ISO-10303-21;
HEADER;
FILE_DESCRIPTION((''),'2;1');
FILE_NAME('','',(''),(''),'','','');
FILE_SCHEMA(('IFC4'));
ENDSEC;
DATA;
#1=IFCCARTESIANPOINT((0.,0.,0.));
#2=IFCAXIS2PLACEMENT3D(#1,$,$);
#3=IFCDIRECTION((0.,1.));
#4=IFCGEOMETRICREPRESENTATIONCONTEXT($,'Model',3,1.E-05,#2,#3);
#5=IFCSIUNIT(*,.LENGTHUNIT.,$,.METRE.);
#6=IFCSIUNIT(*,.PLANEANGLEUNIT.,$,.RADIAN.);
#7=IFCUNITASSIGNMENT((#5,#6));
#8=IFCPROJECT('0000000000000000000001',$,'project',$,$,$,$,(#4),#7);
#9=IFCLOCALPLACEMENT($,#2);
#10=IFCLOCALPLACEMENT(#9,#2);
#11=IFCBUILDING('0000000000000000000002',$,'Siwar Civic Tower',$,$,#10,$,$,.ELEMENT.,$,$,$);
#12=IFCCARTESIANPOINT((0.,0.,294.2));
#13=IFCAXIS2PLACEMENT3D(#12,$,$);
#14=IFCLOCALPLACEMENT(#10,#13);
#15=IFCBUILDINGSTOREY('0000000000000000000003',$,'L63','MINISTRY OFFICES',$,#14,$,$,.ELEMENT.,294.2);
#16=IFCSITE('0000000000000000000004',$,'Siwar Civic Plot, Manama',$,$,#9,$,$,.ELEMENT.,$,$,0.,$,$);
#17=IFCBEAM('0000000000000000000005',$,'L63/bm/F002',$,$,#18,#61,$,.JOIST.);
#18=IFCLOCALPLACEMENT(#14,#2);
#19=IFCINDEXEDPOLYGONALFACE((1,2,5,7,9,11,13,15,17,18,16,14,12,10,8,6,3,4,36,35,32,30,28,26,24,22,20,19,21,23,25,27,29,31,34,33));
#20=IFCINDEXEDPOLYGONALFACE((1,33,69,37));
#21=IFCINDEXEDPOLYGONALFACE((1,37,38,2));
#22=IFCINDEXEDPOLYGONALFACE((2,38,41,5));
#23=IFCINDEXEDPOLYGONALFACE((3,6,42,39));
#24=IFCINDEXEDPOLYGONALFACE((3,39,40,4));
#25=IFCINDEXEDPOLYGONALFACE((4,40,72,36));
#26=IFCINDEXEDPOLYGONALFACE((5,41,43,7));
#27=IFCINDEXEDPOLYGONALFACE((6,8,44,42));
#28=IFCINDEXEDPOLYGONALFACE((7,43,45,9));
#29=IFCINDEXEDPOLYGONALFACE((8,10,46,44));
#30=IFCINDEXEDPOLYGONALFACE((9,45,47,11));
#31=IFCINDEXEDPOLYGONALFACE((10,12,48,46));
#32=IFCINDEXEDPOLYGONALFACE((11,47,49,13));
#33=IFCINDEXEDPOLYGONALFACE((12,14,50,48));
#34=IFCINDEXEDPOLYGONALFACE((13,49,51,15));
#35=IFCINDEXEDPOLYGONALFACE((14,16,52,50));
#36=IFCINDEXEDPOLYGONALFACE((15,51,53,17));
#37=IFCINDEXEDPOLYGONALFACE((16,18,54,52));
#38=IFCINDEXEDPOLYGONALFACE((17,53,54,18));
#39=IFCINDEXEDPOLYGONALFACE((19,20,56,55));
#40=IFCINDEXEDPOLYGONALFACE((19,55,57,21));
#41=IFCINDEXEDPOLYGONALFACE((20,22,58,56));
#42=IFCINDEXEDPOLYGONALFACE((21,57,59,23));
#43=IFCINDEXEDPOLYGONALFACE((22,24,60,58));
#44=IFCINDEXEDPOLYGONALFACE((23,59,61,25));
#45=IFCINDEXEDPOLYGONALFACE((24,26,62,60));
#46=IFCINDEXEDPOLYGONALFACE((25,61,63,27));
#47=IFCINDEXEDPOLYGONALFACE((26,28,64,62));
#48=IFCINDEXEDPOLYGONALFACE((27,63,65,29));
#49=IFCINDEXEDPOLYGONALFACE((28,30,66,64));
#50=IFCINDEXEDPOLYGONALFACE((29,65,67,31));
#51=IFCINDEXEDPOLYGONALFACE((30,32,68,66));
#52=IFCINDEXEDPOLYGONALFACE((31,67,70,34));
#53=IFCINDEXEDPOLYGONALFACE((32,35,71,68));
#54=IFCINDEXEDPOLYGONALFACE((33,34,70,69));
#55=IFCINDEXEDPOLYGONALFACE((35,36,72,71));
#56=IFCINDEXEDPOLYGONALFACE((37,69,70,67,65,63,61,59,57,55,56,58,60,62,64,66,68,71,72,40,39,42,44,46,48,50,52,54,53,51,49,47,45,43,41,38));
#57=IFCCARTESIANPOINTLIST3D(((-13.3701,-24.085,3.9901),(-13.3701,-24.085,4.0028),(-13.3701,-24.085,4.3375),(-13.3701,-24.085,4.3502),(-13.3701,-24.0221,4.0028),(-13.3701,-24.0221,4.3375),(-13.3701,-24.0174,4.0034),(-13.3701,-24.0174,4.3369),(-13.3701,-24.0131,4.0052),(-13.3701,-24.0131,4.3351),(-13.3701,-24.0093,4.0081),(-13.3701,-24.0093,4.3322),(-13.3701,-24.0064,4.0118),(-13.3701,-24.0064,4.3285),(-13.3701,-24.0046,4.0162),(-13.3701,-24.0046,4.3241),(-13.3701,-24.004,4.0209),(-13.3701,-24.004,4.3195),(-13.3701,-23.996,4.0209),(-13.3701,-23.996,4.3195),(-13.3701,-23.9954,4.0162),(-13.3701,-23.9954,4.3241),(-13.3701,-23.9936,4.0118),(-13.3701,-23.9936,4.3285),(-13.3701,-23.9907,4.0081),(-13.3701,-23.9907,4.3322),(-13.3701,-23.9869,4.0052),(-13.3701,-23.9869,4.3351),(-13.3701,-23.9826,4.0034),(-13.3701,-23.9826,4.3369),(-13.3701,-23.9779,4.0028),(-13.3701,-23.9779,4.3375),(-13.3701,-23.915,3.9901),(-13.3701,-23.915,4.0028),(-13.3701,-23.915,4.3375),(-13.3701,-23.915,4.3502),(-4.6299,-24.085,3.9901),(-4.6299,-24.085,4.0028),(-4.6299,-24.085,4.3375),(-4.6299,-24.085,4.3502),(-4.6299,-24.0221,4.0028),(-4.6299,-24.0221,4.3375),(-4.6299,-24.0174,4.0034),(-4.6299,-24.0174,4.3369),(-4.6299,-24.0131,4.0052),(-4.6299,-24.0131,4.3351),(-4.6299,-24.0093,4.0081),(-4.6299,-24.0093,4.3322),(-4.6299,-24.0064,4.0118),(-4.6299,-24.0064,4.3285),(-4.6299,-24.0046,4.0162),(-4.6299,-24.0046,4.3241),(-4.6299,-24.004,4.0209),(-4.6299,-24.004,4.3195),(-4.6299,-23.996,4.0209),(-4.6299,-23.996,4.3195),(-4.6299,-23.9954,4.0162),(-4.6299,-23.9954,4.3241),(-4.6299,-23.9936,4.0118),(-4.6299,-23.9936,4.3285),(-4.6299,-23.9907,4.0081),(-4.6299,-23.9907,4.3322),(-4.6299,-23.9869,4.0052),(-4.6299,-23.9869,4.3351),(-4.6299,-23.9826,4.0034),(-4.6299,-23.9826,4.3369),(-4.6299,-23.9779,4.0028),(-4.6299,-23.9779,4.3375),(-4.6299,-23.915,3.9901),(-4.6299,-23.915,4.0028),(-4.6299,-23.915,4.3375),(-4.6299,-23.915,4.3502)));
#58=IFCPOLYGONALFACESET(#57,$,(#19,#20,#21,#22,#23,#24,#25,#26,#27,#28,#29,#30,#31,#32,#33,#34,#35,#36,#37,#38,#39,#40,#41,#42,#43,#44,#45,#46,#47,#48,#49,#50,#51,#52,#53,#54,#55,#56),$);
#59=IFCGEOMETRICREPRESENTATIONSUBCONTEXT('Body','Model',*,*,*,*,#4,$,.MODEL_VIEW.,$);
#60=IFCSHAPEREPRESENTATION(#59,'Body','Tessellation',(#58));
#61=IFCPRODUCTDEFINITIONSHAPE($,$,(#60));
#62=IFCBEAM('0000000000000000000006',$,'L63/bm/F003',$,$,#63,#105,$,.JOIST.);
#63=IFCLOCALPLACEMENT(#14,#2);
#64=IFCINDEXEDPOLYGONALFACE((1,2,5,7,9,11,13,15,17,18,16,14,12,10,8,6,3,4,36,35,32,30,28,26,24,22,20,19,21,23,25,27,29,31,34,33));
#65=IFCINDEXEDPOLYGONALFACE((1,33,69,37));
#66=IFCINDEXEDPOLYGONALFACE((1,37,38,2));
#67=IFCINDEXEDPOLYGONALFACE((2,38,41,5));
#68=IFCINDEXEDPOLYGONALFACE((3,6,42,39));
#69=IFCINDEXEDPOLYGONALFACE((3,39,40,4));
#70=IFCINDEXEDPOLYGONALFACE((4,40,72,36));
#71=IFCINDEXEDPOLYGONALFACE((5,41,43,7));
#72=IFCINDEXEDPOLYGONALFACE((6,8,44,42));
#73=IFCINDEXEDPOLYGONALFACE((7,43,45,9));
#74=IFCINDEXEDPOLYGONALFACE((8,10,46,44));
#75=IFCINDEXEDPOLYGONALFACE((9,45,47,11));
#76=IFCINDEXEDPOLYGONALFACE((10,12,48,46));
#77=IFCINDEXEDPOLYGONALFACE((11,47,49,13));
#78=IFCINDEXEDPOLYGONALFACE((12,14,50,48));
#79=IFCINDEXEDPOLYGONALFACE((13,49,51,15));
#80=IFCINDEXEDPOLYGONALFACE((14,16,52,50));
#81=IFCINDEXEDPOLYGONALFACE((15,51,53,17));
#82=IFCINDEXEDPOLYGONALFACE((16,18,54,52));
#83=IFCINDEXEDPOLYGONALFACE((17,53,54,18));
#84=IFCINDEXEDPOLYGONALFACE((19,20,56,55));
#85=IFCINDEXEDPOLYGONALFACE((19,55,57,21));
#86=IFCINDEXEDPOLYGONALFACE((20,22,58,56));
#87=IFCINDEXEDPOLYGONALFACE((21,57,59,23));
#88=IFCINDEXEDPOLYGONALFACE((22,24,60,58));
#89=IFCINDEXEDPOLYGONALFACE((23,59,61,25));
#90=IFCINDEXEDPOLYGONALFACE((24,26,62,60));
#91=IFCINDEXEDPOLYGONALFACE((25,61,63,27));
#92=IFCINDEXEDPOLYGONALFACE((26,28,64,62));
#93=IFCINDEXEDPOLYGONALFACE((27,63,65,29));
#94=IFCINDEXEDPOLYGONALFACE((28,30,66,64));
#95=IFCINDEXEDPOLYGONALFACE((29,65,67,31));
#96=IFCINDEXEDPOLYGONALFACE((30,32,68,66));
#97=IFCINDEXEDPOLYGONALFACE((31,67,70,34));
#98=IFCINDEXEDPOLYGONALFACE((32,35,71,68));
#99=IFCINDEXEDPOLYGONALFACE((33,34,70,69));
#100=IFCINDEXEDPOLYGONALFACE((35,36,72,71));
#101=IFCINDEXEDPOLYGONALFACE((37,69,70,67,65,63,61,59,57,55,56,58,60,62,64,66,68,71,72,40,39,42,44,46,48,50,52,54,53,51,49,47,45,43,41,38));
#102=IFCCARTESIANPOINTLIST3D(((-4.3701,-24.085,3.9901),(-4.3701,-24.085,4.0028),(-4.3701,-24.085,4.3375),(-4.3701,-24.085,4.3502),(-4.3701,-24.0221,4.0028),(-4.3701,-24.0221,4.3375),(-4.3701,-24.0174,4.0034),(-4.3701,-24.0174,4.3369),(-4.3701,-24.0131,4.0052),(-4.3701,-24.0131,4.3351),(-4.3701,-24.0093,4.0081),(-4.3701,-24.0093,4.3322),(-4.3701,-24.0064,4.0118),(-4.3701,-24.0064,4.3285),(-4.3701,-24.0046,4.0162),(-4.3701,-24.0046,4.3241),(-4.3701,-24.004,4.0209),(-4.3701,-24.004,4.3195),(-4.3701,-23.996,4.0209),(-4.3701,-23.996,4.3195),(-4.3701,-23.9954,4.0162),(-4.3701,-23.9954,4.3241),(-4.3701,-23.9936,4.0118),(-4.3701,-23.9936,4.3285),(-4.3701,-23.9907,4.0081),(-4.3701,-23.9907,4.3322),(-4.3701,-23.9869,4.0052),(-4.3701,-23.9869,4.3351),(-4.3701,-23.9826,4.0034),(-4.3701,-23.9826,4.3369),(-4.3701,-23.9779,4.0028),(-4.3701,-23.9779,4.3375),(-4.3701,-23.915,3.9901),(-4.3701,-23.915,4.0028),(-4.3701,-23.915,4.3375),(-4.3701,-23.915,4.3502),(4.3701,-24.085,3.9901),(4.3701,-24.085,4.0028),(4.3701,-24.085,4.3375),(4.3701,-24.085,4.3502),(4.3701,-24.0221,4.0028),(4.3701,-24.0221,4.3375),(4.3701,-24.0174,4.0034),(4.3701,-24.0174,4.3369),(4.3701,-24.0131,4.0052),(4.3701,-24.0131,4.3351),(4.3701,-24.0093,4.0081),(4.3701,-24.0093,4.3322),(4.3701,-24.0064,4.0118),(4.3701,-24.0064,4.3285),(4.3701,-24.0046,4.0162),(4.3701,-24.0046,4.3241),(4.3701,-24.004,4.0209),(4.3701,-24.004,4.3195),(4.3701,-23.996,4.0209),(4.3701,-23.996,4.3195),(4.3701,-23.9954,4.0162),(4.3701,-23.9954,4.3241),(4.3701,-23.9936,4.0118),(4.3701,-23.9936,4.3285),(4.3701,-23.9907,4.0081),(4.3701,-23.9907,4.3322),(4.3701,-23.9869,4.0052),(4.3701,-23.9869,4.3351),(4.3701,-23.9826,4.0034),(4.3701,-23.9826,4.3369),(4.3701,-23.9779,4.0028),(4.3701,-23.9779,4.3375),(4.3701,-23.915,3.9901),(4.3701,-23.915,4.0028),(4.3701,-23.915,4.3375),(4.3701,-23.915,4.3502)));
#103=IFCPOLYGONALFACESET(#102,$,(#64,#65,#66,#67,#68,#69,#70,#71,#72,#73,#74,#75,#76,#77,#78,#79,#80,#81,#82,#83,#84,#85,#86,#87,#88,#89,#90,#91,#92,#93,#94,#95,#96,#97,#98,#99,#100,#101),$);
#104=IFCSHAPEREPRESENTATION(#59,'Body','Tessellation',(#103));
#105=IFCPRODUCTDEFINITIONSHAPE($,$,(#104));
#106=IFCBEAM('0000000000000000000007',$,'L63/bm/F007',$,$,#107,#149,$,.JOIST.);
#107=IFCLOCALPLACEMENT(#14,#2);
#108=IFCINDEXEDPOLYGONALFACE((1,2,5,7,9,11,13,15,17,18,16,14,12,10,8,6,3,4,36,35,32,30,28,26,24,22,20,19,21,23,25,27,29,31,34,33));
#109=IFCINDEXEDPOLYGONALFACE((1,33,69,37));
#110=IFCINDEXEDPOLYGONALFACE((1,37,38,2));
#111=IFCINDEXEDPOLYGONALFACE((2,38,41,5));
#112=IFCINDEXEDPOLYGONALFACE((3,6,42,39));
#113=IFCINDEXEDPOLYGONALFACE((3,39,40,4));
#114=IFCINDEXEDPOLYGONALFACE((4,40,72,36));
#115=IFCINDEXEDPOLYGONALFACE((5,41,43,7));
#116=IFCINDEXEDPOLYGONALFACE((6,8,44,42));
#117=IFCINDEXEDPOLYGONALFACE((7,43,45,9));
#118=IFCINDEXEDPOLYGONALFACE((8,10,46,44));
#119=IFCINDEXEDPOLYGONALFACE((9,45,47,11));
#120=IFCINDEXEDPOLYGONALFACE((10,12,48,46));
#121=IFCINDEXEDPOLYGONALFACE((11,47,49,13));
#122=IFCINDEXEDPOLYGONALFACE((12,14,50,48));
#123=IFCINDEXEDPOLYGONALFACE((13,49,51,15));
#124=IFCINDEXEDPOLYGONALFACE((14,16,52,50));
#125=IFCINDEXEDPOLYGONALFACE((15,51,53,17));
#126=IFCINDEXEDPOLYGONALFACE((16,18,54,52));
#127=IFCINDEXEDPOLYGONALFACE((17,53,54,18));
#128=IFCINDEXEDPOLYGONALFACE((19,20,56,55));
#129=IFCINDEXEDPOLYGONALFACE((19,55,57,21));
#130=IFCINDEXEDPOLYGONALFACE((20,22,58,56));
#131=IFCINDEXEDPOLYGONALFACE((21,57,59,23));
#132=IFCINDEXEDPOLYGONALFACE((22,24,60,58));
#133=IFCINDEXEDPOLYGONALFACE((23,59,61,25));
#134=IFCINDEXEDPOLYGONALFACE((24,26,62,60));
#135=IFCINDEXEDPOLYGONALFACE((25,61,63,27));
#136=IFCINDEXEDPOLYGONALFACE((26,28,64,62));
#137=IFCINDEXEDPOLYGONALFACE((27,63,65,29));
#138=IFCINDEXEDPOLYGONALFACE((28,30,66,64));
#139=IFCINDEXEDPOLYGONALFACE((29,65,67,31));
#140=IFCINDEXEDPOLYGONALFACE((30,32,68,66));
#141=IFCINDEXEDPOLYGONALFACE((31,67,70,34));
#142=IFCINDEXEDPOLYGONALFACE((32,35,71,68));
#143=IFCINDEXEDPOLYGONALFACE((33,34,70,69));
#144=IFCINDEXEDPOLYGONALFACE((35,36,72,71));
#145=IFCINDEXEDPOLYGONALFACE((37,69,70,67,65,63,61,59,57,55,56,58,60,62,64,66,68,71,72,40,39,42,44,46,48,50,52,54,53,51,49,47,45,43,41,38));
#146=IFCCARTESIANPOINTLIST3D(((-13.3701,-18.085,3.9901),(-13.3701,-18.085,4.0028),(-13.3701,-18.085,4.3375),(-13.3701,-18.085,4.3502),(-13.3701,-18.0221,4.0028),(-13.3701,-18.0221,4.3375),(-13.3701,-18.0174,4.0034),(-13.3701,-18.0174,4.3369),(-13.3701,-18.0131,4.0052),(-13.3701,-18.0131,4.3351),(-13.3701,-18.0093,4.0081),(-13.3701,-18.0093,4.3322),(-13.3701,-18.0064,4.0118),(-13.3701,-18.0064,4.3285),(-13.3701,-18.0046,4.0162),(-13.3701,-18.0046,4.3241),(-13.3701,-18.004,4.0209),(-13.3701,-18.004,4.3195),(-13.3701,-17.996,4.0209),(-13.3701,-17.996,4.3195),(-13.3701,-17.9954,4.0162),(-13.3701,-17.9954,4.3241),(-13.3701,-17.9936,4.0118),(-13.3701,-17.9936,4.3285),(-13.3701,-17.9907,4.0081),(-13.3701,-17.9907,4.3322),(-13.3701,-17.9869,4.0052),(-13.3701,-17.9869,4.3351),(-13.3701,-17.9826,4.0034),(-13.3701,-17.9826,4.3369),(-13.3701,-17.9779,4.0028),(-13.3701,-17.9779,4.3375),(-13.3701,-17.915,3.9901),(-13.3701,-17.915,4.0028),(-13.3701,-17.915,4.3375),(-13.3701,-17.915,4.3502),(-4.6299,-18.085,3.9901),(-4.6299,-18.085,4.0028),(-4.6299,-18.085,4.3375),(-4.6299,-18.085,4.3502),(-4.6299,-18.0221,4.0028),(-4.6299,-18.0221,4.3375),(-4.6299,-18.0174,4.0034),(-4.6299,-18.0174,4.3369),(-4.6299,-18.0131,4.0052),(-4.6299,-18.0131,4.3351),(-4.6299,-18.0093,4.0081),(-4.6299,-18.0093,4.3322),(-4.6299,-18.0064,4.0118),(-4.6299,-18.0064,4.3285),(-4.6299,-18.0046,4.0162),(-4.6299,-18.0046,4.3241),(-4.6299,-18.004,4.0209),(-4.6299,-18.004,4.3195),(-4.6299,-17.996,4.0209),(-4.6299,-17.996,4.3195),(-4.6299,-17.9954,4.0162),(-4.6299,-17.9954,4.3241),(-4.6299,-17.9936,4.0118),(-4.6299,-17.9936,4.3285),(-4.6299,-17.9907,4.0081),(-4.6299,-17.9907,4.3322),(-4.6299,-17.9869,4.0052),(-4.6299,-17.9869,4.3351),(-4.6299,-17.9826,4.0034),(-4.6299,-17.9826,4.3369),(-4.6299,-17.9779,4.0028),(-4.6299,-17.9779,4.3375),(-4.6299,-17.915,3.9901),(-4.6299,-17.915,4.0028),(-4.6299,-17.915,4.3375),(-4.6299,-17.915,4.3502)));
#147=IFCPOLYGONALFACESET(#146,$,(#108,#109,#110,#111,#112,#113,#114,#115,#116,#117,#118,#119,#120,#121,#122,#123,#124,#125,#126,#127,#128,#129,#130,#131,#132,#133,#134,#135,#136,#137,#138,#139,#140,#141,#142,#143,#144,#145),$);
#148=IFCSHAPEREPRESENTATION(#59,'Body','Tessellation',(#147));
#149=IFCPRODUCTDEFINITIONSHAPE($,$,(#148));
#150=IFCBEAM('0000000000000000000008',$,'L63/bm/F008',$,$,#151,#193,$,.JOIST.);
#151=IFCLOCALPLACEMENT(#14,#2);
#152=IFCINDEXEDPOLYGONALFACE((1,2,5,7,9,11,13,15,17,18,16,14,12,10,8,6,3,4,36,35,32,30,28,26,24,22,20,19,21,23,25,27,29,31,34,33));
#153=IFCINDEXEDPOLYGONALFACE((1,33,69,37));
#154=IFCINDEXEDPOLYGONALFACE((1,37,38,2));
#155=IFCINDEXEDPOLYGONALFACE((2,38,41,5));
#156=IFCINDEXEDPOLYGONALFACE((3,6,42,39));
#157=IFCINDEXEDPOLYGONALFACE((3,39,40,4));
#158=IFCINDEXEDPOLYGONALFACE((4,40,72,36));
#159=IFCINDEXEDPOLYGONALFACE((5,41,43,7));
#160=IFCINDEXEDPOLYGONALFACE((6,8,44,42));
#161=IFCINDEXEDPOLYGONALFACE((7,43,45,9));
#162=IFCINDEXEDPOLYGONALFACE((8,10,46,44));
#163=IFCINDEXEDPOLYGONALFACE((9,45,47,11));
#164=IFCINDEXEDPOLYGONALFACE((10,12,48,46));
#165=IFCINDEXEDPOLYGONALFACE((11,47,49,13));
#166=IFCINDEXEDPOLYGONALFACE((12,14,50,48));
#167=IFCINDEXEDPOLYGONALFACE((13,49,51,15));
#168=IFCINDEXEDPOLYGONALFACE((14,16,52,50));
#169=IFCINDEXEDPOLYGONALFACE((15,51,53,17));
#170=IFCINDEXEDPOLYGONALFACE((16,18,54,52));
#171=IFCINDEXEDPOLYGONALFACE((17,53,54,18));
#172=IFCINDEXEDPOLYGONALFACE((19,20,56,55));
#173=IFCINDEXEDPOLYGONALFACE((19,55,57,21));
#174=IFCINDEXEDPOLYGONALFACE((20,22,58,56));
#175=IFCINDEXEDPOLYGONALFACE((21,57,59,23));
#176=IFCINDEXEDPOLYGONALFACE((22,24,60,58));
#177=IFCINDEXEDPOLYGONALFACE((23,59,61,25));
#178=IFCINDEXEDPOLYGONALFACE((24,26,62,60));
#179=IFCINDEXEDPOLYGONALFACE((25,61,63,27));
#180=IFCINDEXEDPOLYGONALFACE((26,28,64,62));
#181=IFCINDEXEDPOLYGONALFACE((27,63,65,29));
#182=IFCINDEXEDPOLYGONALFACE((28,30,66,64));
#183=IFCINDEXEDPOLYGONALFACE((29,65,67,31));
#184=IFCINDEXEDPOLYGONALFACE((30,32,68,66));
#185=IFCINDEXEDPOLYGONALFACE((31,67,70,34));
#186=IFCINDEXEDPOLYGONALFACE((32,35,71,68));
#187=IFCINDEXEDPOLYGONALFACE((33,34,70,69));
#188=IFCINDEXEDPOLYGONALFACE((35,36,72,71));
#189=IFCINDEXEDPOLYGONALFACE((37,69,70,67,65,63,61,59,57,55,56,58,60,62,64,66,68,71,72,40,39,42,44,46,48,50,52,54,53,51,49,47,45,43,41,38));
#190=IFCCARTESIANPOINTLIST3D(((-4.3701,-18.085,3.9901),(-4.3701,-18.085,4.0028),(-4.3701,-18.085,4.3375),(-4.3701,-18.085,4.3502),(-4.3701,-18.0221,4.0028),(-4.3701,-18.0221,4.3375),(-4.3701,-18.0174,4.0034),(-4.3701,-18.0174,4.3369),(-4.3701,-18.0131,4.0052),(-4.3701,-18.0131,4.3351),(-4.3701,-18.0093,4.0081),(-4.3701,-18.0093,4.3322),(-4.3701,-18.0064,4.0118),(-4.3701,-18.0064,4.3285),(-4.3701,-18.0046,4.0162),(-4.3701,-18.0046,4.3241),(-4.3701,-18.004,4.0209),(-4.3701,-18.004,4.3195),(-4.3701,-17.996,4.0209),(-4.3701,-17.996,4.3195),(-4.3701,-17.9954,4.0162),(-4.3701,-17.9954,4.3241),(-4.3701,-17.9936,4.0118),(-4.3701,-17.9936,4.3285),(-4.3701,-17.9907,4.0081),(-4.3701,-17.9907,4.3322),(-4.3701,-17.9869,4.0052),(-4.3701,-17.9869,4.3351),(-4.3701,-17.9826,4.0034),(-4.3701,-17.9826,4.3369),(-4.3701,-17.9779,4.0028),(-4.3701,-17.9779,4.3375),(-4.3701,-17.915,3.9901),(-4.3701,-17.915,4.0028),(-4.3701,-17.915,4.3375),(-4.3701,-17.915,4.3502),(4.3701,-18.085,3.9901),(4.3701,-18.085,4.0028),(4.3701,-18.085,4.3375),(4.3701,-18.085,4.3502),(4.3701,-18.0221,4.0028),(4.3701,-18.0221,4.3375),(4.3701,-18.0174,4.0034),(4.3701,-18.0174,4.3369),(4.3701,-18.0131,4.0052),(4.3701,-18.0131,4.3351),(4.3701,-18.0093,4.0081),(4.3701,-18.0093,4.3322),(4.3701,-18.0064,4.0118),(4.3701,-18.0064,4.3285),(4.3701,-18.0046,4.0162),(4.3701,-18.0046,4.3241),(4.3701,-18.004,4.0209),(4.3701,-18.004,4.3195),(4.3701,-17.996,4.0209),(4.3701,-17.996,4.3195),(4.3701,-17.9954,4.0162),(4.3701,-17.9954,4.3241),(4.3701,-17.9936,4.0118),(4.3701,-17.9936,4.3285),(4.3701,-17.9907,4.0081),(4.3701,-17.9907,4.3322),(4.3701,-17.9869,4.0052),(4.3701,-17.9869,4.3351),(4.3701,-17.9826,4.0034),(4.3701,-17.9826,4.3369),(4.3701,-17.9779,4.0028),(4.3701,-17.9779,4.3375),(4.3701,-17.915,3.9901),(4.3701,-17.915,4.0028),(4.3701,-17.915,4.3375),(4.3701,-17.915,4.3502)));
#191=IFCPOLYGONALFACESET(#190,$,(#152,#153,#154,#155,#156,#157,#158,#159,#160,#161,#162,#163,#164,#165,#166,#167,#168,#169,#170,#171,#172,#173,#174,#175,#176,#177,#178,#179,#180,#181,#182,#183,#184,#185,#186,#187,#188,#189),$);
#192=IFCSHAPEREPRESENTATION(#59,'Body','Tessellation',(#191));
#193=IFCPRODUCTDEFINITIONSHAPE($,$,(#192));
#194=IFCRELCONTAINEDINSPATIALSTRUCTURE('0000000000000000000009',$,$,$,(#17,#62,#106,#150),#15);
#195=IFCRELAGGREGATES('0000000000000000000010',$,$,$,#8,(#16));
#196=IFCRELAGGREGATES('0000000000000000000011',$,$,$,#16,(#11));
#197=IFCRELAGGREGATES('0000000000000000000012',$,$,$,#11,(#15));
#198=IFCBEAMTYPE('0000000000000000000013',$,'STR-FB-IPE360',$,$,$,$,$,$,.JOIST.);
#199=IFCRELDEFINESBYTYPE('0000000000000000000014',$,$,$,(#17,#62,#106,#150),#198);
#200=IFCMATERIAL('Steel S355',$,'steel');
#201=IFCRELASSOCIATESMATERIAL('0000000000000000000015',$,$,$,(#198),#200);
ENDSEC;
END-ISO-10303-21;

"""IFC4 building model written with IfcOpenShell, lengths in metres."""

from ifc_helpers import new_model, si_unit, direction, frame, origin, origin_2d, place, context, subcontext, project, spatial, i_section, extrude, material, material_profile, profile_set, type_object, element, save


model = new_model("IFC4")

# Units and contexts
model_context = context("Model", 3, precision=1e-05, world=origin(), true_north=direction((0.0, 1.0)))
body_context = subcontext(model_context, "Body", "Model", "MODEL_VIEW")
ifc_project = project(units=[si_unit("LENGTHUNIT", "METRE"), si_unit("PLANEANGLEUNIT", "RADIAN")], contexts=[model_context])

# Site, building, storey
site_placement = place(None, origin())
site = spatial("IfcSite", under=ifc_project, at=site_placement, Name="Siwar Civic Plot, Manama", CompositionType="ELEMENT", RefElevation=0.0)
building_placement = place(site_placement, origin())
building = spatial("IfcBuilding", under=site, at=building_placement, Name="Siwar Civic Tower", CompositionType="ELEMENT")
storey_placement = place(building_placement, frame((0.0, 0.0, 294.2)))
storey = spatial("IfcBuildingStorey", under=building, at=storey_placement, Name="L63", Description="MINISTRY OFFICES", CompositionType="ELEMENT", Elevation=294.2)

# Beams
ifc_material_1 = material(Name="Steel S355", Category="steel")
ifc_material_profile_1 = material_profile(ifc_material_1, i_section(OverallWidth=0.1699, OverallDepth=0.3601, WebThickness=0.0081, FlangeThickness=0.0127, FilletRadius=0.0181, at=origin_2d()), Name="IPE360")
ifc_profile_set_1 = profile_set([ifc_material_profile_1], Name="Steel S355")
beam_type_1 = type_object("IfcBeamType", Name="STR-FB-IPE360", PredefinedType="JOIST", material=ifc_profile_set_1)
for number, where, z_axis, x_axis, name in (
    (1, (-13.3701, -24.0, 4.1702), (1.0, 0.0, 0.0), (0.0, 1.0, 0.0), "L63/bm/F002"),
    (2, (-4.3701, -24.0, 4.1702), (1.0, 0.0, 0.0), (0.0, 1.0, 0.0), "L63/bm/F003"),
    (3, (-13.3701, -18.0, 4.1702), (1.0, 0.0, 0.0), (0.0, 1.0, 0.0), "L63/bm/F007"),
    (4, (-4.3701, -18.0, 4.1702), (1.0, 0.0, 0.0), (0.0, 1.0, 0.0), "L63/bm/F008"),
):
    element("IfcBeam", number, at=place(storey_placement, frame(where, z_axis=z_axis, x_axis=x_axis)), inside=storey, type_object=beam_type_1, Name=name, PredefinedType="JOIST", context=body_context, shape_type="SweptSolid", body=[
        extrude(i_section(OverallWidth=0.1699, OverallDepth=0.3601, WebThickness=0.0081, FlangeThickness=0.0127, FilletRadius=0.0181, at=origin_2d()), origin(), (0.0, 0.0, 1.0), 8.7402),
    ])

save(model, "model.ifc")
